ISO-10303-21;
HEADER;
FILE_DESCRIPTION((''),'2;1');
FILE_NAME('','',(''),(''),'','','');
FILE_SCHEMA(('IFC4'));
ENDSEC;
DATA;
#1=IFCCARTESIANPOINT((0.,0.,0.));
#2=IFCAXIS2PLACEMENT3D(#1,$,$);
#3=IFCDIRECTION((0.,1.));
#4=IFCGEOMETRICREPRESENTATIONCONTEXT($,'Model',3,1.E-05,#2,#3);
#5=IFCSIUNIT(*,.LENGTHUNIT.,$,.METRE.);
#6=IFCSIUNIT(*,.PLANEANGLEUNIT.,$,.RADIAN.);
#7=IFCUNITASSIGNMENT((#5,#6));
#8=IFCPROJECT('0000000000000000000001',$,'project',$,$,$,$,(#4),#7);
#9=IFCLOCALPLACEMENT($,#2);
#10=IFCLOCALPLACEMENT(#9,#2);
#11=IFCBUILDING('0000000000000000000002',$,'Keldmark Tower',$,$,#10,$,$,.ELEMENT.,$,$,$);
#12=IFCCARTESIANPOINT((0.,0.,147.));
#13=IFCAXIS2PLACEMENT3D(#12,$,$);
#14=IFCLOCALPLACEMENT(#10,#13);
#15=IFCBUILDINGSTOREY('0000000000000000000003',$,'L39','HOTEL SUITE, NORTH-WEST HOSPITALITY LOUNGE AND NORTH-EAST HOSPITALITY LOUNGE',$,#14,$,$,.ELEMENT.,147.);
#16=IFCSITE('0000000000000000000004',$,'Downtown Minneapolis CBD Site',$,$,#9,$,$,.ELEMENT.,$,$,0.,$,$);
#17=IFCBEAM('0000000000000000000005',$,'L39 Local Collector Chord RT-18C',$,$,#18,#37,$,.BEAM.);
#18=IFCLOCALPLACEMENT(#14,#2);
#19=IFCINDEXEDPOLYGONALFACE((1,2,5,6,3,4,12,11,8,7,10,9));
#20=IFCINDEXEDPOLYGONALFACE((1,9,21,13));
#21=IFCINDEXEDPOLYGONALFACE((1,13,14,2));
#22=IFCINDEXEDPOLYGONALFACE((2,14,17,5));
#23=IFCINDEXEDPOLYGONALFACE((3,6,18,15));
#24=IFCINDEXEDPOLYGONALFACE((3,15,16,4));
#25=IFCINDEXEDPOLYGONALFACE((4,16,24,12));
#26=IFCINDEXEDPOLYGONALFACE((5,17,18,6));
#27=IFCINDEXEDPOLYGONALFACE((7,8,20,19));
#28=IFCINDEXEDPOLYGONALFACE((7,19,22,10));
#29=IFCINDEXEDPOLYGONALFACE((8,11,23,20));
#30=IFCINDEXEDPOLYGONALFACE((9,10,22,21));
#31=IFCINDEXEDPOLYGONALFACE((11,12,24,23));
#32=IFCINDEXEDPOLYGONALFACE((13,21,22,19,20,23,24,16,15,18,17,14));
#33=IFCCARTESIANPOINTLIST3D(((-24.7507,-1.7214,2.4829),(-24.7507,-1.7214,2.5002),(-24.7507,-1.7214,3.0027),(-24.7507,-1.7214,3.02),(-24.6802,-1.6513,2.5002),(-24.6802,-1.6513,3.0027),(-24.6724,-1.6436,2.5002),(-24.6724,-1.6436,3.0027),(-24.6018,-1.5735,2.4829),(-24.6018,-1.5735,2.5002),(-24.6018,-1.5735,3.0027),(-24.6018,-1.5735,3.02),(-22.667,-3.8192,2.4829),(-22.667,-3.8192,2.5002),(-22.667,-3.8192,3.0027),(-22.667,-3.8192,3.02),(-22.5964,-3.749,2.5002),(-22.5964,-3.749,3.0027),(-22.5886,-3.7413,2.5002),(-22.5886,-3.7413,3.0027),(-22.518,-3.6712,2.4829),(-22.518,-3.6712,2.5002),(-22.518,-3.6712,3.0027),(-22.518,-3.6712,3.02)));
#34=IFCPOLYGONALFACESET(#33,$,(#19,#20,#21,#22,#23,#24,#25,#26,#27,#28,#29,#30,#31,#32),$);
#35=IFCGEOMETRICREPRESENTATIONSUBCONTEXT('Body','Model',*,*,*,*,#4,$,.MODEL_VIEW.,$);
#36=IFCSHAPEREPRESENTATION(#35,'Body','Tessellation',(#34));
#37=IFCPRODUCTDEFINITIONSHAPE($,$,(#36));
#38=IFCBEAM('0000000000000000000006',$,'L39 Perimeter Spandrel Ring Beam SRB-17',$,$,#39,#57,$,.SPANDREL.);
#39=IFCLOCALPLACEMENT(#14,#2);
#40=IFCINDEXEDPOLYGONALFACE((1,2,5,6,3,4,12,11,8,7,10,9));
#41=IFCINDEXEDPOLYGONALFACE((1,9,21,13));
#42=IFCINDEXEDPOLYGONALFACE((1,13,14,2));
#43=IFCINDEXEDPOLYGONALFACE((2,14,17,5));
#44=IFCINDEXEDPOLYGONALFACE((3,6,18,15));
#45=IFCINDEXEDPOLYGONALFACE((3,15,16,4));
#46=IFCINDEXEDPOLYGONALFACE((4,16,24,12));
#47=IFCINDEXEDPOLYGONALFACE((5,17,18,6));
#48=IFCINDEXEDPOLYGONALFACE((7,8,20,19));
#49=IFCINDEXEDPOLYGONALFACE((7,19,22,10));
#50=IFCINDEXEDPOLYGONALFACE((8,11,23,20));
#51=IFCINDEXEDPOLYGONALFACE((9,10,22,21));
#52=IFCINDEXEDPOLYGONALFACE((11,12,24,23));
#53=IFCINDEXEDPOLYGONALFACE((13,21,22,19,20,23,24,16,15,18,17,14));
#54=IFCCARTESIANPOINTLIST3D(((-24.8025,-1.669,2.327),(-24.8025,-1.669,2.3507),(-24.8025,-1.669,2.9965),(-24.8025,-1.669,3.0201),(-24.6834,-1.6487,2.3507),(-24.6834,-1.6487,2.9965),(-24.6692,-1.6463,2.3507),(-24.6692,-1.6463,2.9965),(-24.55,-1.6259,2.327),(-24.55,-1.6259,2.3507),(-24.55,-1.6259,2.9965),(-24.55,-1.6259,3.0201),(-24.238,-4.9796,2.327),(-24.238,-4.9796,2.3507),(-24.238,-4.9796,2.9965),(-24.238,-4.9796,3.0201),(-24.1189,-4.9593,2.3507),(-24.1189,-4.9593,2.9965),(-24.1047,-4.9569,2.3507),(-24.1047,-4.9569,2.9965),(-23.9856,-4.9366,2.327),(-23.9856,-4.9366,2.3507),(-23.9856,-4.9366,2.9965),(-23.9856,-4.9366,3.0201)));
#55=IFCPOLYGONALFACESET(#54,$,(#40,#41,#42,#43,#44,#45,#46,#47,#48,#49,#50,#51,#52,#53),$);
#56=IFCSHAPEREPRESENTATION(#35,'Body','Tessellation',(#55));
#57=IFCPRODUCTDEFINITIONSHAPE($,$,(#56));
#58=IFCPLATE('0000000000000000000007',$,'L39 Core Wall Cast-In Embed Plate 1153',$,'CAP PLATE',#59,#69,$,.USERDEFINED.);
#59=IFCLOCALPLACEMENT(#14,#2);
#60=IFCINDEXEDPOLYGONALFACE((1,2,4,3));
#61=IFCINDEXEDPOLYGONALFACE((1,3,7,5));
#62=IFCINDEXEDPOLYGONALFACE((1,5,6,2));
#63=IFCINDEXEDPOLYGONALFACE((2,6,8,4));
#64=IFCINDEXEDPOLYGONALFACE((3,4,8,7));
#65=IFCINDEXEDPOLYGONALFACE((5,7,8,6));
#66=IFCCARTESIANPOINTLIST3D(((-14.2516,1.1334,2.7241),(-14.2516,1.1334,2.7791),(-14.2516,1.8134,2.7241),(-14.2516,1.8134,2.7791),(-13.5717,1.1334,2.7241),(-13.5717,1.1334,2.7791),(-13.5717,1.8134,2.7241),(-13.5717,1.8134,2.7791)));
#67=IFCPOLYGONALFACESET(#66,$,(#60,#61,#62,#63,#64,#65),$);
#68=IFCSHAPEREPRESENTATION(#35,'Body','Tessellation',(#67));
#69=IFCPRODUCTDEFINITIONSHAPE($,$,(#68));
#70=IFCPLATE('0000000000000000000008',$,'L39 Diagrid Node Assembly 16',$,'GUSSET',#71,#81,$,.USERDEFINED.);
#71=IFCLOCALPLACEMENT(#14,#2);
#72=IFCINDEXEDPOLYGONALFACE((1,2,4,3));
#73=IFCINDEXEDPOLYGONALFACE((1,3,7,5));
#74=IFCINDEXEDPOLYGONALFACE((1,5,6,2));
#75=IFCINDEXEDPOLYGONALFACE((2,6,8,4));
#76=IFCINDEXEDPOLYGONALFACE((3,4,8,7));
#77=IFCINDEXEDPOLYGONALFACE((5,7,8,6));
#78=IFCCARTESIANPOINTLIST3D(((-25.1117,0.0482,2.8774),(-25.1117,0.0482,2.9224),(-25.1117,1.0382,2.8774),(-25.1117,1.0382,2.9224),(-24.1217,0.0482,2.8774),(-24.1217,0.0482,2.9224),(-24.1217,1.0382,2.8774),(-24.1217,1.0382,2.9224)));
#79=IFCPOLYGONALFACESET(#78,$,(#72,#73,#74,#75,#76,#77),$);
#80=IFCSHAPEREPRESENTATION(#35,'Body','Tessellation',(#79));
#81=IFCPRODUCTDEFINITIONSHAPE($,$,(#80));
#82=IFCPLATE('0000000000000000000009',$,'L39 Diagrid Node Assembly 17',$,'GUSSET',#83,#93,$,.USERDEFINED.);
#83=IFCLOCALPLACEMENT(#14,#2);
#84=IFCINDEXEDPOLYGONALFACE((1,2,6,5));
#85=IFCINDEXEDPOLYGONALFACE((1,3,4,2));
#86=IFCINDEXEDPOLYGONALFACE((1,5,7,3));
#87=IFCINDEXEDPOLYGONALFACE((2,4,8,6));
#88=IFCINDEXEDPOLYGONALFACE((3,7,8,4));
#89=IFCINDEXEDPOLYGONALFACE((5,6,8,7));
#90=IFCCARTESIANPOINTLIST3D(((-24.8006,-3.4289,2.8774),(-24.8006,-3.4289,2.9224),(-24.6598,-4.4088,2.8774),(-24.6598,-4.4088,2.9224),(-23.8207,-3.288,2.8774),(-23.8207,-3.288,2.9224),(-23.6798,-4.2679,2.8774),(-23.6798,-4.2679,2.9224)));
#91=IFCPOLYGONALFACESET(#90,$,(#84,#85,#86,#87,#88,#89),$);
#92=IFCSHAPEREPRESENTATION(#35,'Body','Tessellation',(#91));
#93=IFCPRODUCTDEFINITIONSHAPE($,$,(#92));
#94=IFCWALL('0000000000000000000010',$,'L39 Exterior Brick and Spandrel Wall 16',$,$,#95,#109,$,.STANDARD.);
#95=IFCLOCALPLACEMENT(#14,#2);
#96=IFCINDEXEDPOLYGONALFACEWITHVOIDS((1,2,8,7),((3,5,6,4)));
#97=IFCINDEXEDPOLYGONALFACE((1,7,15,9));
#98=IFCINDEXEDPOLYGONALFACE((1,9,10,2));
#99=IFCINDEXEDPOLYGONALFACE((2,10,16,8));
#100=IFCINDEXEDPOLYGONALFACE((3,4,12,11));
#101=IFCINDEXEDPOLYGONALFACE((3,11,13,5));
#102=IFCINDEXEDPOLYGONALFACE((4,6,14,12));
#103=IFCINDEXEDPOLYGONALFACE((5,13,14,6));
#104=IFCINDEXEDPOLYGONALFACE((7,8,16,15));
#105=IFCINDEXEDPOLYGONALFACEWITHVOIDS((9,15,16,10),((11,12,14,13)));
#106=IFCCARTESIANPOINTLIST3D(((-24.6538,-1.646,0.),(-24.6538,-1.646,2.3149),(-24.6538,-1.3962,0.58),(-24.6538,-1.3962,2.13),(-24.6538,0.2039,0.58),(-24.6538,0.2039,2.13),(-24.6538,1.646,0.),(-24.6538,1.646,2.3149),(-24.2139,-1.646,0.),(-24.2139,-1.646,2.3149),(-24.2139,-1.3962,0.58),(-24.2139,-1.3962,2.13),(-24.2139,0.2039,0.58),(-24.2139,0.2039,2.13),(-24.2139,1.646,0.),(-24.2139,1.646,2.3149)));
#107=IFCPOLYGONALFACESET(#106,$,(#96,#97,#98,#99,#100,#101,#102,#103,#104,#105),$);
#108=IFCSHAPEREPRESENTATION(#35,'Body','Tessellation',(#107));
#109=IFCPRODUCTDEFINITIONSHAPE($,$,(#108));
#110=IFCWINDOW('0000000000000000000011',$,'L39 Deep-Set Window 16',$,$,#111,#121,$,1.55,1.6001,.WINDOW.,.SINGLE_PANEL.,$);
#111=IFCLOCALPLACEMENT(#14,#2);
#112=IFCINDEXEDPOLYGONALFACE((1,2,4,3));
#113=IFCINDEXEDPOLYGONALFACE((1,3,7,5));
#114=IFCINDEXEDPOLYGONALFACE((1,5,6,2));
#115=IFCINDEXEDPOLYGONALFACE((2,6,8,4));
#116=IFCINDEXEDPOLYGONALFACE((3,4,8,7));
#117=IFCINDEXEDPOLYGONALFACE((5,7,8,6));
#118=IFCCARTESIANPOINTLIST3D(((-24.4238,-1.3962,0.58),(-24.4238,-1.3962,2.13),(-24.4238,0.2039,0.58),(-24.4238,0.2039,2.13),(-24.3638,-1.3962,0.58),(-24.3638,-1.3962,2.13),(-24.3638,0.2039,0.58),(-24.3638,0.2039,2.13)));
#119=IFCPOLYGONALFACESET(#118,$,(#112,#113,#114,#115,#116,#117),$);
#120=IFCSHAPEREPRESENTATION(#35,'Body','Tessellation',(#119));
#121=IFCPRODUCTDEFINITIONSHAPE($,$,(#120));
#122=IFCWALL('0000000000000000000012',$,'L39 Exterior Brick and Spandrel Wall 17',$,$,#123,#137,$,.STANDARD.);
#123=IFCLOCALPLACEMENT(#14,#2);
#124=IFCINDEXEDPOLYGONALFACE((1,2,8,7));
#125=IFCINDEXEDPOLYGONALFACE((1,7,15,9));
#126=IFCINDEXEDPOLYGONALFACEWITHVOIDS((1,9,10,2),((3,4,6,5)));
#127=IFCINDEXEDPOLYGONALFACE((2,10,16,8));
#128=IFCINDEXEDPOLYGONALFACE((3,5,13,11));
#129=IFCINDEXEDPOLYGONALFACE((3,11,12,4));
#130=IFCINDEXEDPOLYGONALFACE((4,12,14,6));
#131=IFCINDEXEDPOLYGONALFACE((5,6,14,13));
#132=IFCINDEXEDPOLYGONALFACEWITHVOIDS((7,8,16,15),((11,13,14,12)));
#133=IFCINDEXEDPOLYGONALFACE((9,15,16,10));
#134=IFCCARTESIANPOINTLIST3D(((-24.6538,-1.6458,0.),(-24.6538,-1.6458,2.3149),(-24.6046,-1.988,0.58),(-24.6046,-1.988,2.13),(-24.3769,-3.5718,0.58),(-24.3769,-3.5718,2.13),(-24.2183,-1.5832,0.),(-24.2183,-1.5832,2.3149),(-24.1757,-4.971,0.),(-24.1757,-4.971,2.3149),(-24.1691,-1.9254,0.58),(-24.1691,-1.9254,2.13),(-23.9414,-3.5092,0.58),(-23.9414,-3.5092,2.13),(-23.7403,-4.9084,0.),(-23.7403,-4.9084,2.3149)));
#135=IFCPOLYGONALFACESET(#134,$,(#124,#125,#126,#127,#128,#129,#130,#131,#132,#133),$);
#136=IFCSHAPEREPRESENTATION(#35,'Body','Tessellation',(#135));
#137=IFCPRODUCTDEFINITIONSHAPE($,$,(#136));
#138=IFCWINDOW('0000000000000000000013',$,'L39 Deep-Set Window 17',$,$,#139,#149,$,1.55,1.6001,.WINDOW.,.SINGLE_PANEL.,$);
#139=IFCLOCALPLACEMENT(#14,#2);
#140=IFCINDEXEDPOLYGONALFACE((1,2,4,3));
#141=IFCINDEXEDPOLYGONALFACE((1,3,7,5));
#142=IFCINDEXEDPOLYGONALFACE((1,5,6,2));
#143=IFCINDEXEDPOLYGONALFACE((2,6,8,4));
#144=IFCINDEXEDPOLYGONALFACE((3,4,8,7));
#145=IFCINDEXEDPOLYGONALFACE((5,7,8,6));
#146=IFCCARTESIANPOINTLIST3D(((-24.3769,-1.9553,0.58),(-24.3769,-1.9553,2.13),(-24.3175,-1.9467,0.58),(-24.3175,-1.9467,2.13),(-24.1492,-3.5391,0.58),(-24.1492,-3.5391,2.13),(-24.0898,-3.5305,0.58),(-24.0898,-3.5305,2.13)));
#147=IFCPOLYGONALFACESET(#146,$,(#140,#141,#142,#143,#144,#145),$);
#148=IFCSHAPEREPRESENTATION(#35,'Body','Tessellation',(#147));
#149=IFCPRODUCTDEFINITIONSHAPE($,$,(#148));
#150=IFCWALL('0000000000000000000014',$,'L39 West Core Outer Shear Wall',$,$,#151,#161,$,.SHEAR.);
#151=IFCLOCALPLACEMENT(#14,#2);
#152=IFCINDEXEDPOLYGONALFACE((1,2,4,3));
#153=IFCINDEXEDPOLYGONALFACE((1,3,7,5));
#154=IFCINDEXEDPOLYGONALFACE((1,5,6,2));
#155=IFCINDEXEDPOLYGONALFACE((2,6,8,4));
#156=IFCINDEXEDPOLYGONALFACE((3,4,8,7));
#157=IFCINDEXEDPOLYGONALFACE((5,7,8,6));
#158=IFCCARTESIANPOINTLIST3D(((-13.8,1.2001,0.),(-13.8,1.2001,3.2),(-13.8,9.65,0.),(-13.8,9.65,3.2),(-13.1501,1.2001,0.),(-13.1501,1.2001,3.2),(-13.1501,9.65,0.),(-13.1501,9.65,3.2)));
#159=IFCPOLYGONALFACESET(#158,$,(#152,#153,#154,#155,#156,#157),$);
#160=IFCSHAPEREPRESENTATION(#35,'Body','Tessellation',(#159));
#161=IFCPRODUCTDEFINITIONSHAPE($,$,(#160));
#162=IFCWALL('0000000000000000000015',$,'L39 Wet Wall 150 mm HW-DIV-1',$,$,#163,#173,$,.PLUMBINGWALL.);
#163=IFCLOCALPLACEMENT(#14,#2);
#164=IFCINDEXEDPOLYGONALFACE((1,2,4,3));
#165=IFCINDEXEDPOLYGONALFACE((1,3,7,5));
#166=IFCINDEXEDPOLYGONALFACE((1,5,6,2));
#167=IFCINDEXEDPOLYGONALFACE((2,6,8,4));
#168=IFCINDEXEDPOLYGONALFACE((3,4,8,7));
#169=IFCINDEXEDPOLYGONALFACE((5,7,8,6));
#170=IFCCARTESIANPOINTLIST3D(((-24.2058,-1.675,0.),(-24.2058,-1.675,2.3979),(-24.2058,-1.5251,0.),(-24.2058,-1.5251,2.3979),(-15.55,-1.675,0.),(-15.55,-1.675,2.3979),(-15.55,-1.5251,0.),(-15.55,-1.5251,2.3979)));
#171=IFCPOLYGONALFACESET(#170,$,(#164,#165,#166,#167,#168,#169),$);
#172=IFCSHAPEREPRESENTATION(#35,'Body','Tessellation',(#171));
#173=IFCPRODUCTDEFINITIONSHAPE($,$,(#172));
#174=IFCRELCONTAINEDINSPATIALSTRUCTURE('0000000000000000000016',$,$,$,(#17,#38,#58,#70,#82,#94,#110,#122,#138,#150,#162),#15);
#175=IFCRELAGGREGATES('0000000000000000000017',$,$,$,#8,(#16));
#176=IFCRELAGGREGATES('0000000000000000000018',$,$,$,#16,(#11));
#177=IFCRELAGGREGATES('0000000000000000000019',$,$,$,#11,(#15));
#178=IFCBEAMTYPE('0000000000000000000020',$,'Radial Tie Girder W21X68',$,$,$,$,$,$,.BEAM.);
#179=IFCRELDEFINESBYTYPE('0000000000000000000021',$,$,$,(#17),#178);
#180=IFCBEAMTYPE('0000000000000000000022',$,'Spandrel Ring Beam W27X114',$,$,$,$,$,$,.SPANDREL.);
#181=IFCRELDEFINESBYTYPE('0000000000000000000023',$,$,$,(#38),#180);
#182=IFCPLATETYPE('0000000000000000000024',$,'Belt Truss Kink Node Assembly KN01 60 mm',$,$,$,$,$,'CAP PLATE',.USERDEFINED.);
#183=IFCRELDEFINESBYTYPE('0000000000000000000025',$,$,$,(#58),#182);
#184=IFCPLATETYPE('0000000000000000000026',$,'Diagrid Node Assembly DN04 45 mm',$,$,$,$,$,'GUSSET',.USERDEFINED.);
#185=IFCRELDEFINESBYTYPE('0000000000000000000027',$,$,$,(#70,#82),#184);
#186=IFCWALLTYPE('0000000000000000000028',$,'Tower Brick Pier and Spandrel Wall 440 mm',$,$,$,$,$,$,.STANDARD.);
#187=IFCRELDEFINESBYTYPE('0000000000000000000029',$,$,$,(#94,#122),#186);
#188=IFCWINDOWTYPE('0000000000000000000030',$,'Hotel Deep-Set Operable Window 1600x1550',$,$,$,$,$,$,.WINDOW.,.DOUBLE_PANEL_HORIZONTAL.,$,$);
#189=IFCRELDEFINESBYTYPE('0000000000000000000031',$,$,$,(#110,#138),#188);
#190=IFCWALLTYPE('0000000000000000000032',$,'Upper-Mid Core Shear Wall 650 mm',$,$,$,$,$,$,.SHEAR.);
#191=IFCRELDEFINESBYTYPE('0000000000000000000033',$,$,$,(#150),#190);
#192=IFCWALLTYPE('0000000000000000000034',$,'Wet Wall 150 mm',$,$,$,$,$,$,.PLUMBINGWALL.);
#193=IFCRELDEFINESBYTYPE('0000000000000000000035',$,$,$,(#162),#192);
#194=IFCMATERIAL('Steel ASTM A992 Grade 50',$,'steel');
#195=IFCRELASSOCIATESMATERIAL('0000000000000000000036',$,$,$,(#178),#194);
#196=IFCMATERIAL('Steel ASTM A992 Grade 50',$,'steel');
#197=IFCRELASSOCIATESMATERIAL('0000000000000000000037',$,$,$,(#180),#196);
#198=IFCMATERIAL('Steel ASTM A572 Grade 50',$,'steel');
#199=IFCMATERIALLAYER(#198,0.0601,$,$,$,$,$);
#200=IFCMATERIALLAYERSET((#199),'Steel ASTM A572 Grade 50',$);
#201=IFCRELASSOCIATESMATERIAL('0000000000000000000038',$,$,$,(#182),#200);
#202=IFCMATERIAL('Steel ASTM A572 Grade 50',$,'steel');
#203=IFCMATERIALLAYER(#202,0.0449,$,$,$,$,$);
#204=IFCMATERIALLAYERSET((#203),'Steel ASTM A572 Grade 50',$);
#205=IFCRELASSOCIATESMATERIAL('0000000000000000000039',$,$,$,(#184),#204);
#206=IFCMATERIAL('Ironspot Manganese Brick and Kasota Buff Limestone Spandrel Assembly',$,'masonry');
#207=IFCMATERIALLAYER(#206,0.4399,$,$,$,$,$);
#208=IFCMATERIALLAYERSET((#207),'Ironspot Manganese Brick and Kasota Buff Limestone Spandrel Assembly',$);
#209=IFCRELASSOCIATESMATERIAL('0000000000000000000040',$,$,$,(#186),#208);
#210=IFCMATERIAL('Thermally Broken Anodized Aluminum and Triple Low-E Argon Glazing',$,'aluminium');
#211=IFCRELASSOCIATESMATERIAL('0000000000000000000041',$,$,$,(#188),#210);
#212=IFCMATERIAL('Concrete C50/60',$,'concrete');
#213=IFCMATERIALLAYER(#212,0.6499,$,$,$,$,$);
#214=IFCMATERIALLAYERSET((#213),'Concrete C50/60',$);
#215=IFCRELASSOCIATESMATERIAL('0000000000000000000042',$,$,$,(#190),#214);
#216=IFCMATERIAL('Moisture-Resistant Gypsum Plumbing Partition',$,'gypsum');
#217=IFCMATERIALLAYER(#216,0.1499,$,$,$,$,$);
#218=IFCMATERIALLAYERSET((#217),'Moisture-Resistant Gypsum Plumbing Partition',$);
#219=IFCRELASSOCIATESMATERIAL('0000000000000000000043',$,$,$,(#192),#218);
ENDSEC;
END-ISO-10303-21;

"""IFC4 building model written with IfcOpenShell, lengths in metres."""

from ifc_helpers import new_model, si_unit, direction, frame, frame_2d, origin, origin_2d, place, context, subcontext, project, spatial, rectangle, i_section, extrude, material, layer, layer_set, material_profile, profile_set, type_object, element, fill, save


model = new_model("IFC4")

# Units and contexts
model_context = context("Model", 3, precision=1e-05, world=origin(), true_north=direction((0.0, 1.0)))
body_context = subcontext(model_context, "Body", "Model", "MODEL_VIEW")
ifc_project = project(units=[si_unit("LENGTHUNIT", "METRE"), si_unit("PLANEANGLEUNIT", "RADIAN")], contexts=[model_context])

# Site, building, storey
site_placement = place(None, origin())
site = spatial("IfcSite", under=ifc_project, at=site_placement, Name="Downtown Minneapolis CBD Site", CompositionType="ELEMENT", RefElevation=0.0)
building_placement = place(site_placement, origin())
building = spatial("IfcBuilding", under=site, at=building_placement, Name="Keldmark Tower", CompositionType="ELEMENT")
storey_placement = place(building_placement, frame((0.0, 0.0, 147.0)))
storey = spatial("IfcBuildingStorey", under=building, at=storey_placement, Name="L39", Description="HOTEL SUITE, NORTH-WEST HOSPITALITY LOUNGE AND NORTH-EAST HOSPITALITY LOUNGE", CompositionType="ELEMENT", Elevation=147.0)

# Beams
ifc_material_1 = material(Name="Steel ASTM A992 Grade 50", Category="steel")
ifc_material_profile_1 = material_profile(ifc_material_1, i_section(OverallWidth=0.21, OverallDepth=0.5371, WebThickness=0.011, FlangeThickness=0.0173, at=origin_2d()), Name="W21X68")
ifc_profile_set_1 = profile_set([ifc_material_profile_1], Name="Steel ASTM A992 Grade 50")
beam_type_1 = type_object("IfcBeamType", Name="Radial Tie Girder W21X68", PredefinedType="BEAM", material=ifc_profile_set_1)
beam_1_placement = place(storey_placement, frame((-24.6763, -1.6475, 2.7515), z_axis=(0.70475, -0.709456, 0.0), x_axis=(0.709456, 0.70475, 0.0)))
element("IfcBeam", 1, at=beam_1_placement, inside=storey, type_object=beam_type_1, Name="L39 Local Collector Chord RT-18C", PredefinedType="BEAM", context=body_context, shape_type="SweptSolid", body=[
    extrude(i_section(OverallWidth=0.21, OverallDepth=0.5371, WebThickness=0.011, FlangeThickness=0.0173, at=origin_2d()), origin(), (0.0, 0.0, 1.0), 2.9568),
])
ifc_material_2 = material(Name="Steel ASTM A992 Grade 50", Category="steel")
ifc_material_profile_2 = material_profile(ifc_material_2, i_section(OverallWidth=0.2561, OverallDepth=0.6931, WebThickness=0.0144, FlangeThickness=0.0237, at=origin_2d()), Name="W27X114")
ifc_profile_set_2 = profile_set([ifc_material_profile_2], Name="Steel ASTM A992 Grade 50")
beam_type_2 = type_object("IfcBeamType", Name="Spandrel Ring Beam W27X114", PredefinedType="SPANDREL", material=ifc_profile_set_2)
beam_2_placement = place(storey_placement, frame((-24.6763, -1.6475, 2.6736), z_axis=(0.168076, -0.985774, 0.0), x_axis=(0.985774, 0.168076, 0.0)))
element("IfcBeam", 2, at=beam_2_placement, inside=storey, type_object=beam_type_2, Name="L39 Perimeter Spandrel Ring Beam SRB-17", PredefinedType="SPANDREL", context=body_context, shape_type="SweptSolid", body=[
    extrude(i_section(OverallWidth=0.2561, OverallDepth=0.6931, WebThickness=0.0144, FlangeThickness=0.0237, at=origin_2d()), origin(), (0.0, 0.0, 1.0), 3.3584),
])

# Plates
ifc_material_3 = material(Name="Steel ASTM A572 Grade 50", Category="steel")
ifc_layer_1 = layer(ifc_material_3, 0.0601)
ifc_layer_set_1 = layer_set([ifc_layer_1], Name="Steel ASTM A572 Grade 50")
plate_type_1 = type_object("IfcPlateType", Name="Belt Truss Kink Node Assembly KN01 60 mm", ElementType="CAP PLATE", PredefinedType="USERDEFINED", material=ifc_layer_set_1)
plate_placement = place(storey_placement, frame((-13.9116, 1.4734, 2.7241), z_axis=(0.0, 0.0, 1.0), x_axis=(1.0, 0.0, 0.0)))
element("IfcPlate", 3, at=plate_placement, inside=storey, type_object=plate_type_1, Name="L39 Core Wall Cast-In Embed Plate 1153", ObjectType="CAP PLATE", PredefinedType="USERDEFINED", context=body_context, shape_type="SweptSolid", body=[
    extrude(rectangle(XDim=0.6799, YDim=0.6799, at=origin_2d()), origin(), (0.0, 0.0, 1.0), 0.0549),
])
ifc_material_4 = material(Name="Steel ASTM A572 Grade 50", Category="steel")
ifc_layer_2 = layer(ifc_material_4, 0.0449)
ifc_layer_set_2 = layer_set([ifc_layer_2], Name="Steel ASTM A572 Grade 50")
plate_type_2 = type_object("IfcPlateType", Name="Diagrid Node Assembly DN04 45 mm", ElementType="GUSSET", PredefinedType="USERDEFINED", material=ifc_layer_set_2)
for number, where, z_axis, x_axis, name in (
    (4, (-24.6167, 0.5432, 2.8774), (0.0, 0.0, 1.0), (0.0, -1.0, 0.0), "L39 Diagrid Node Assembly 16"),
    (5, (-24.2402, -3.8484, 2.8774), (0.0, 0.0, 1.0), (0.142283, -0.989826, 0.0), "L39 Diagrid Node Assembly 17"),
):
    element("IfcPlate", number, at=place(storey_placement, frame(where, z_axis=z_axis, x_axis=x_axis)), inside=storey, type_object=plate_type_2, Name=name, ObjectType="GUSSET", PredefinedType="USERDEFINED", context=body_context, shape_type="SweptSolid", body=[
        extrude(rectangle(XDim=0.99, YDim=0.99, at=origin_2d()), origin(), (0.0, 0.0, 1.0), 0.0449),
    ])

# Walls, openings, windows
ifc_material_5 = material(Name="Ironspot Manganese Brick and Kasota Buff Limestone Spandrel Assembly", Category="masonry")
ifc_layer_3 = layer(ifc_material_5, 0.4399)
ifc_layer_set_3 = layer_set([ifc_layer_3], Name="Ironspot Manganese Brick and Kasota Buff Limestone Spandrel Assembly")
wall_type_1 = type_object("IfcWallType", Name="Tower Brick Pier and Spandrel Wall 440 mm", PredefinedType="STANDARD", material=ifc_layer_set_3)
wall_1_placement = place(storey_placement, frame((-24.4338, -1.646, 0.0), z_axis=(0.0, 0.0, 1.0), x_axis=(0.0, 1.0, 0.0)))
wall_1 = element("IfcWall", 6, at=wall_1_placement, inside=storey, type_object=wall_type_1, Name="L39 Exterior Brick and Spandrel Wall 16", PredefinedType="STANDARD", context=body_context, shape_type="SweptSolid", body=[
    extrude(rectangle(XDim=3.292, YDim=0.4399, at=frame_2d((1.646, 0.0))), origin(), (0.0, 0.0, 1.0), 2.3149),
])
opening_1_placement = place(wall_1_placement, frame((0.2498, 0.0, 0.5801)))
opening_1 = element("IfcOpeningElement", 7, at=opening_1_placement, cuts=wall_1, PredefinedType="OPENING", context=body_context, shape_type="SweptSolid", body=[
    extrude(rectangle(XDim=1.6001, YDim=1.55, at=frame_2d((0.8, 0.7749))), frame((0.0, 0.23, 0.0), z_axis=(0.0, -1.0, 0.0), x_axis=(1.0, 0.0, 0.0)), (0.0, 0.0, 1.0), 0.46),
])
ifc_material_6 = material(Name="Thermally Broken Anodized Aluminum and Triple Low-E Argon Glazing", Category="aluminium")
window_type = type_object("IfcWindowType", Name="Hotel Deep-Set Operable Window 1600x1550", PartitioningType="DOUBLE_PANEL_HORIZONTAL", PredefinedType="WINDOW", material=ifc_material_6)
window_1_placement = place(opening_1_placement, origin())
window_1 = element("IfcWindow", 8, at=window_1_placement, inside=storey, type_object=window_type, Name="L39 Deep-Set Window 16", OverallHeight=1.55, OverallWidth=1.6001, PartitioningType="SINGLE_PANEL", PredefinedType="WINDOW", context=body_context, shape_type="SweptSolid", body=[
    extrude(rectangle(XDim=1.6001, YDim=1.55, at=frame_2d((0.8, 0.7749))), frame((0.0, -0.01, 0.0), z_axis=(0.0, -1.0, 0.0), x_axis=(1.0, 0.0, 0.0)), (0.0, 0.0, 1.0), 0.0601),
])
fill(opening_1, window_1)
wall_2_placement = place(storey_placement, frame((-23.958, -4.9397, 0.0), z_axis=(0.0, 0.0, 1.0), x_axis=(-0.142296, 0.989824, 0.0)))
wall_2 = element("IfcWall", 9, at=wall_2_placement, inside=storey, type_object=wall_type_1, Name="L39 Exterior Brick and Spandrel Wall 17", PredefinedType="STANDARD", context=body_context, shape_type="SweptSolid", body=[
    extrude(rectangle(XDim=3.3594, YDim=0.4399, at=frame_2d((1.6797, 0.0))), origin(), (0.0, 0.0, 1.0), 2.3149),
])
opening_2_placement = place(wall_2_placement, frame((1.4136, 0.0, 0.5801)))
opening_2 = element("IfcOpeningElement", 10, at=opening_2_placement, cuts=wall_2, PredefinedType="OPENING", context=body_context, shape_type="SweptSolid", body=[
    extrude(rectangle(XDim=1.6001, YDim=1.55, at=frame_2d((0.8, 0.7749))), frame((0.0, 0.23, 0.0), z_axis=(0.0, -1.0, 0.0), x_axis=(1.0, 0.0, 0.0)), (0.0, 0.0, 1.0), 0.46),
])
window_2_placement = place(opening_2_placement, origin())
window_2 = element("IfcWindow", 11, at=window_2_placement, inside=storey, type_object=window_type, Name="L39 Deep-Set Window 17", OverallHeight=1.55, OverallWidth=1.6001, PartitioningType="SINGLE_PANEL", PredefinedType="WINDOW", context=body_context, shape_type="SweptSolid", body=[
    extrude(rectangle(XDim=1.6001, YDim=1.55, at=frame_2d((0.8, 0.7749))), frame((0.0, -0.01, 0.0), z_axis=(0.0, -1.0, 0.0), x_axis=(1.0, 0.0, 0.0)), (0.0, 0.0, 1.0), 0.0601),
])
fill(opening_2, window_2)

# Walls
ifc_material_7 = material(Name="Concrete C50/60", Category="concrete")
ifc_layer_4 = layer(ifc_material_7, 0.6499)
ifc_layer_set_4 = layer_set([ifc_layer_4], Name="Concrete C50/60")
wall_type_2 = type_object("IfcWallType", Name="Upper-Mid Core Shear Wall 650 mm", PredefinedType="SHEAR", material=ifc_layer_set_4)
wall_3_placement = place(storey_placement, frame((-13.4751, 1.2, 0.0), z_axis=(0.0, 0.0, 1.0), x_axis=(0.0, 1.0, 0.0)))
element("IfcWall", 12, at=wall_3_placement, inside=storey, type_object=wall_type_2, Name="L39 West Core Outer Shear Wall", PredefinedType="SHEAR", context=body_context, shape_type="SweptSolid", body=[
    extrude(rectangle(XDim=8.45, YDim=0.6499, at=frame_2d((4.2251, 0.0))), origin(), (0.0, 0.0, 1.0), 3.2),
])
ifc_material_8 = material(Name="Moisture-Resistant Gypsum Plumbing Partition", Category="gypsum")
ifc_layer_5 = layer(ifc_material_8, 0.1499)
ifc_layer_set_5 = layer_set([ifc_layer_5], Name="Moisture-Resistant Gypsum Plumbing Partition")
wall_type_3 = type_object("IfcWallType", Name="Wet Wall 150 mm", PredefinedType="PLUMBINGWALL", material=ifc_layer_set_5)
wall_4_placement = place(storey_placement, frame((-24.2058, -1.6001, 0.0), z_axis=(0.0, 0.0, 1.0), x_axis=(1.0, 0.0, 0.0)))
element("IfcWall", 13, at=wall_4_placement, inside=storey, type_object=wall_type_3, Name="L39 Wet Wall 150 mm HW-DIV-1", PredefinedType="PLUMBINGWALL", context=body_context, shape_type="SweptSolid", body=[
    extrude(rectangle(XDim=8.6558, YDim=0.1499, at=frame_2d((4.3279, 0.0))), origin(), (0.0, 0.0, 1.0), 2.3979),
])

save(model, "model.ifc")
